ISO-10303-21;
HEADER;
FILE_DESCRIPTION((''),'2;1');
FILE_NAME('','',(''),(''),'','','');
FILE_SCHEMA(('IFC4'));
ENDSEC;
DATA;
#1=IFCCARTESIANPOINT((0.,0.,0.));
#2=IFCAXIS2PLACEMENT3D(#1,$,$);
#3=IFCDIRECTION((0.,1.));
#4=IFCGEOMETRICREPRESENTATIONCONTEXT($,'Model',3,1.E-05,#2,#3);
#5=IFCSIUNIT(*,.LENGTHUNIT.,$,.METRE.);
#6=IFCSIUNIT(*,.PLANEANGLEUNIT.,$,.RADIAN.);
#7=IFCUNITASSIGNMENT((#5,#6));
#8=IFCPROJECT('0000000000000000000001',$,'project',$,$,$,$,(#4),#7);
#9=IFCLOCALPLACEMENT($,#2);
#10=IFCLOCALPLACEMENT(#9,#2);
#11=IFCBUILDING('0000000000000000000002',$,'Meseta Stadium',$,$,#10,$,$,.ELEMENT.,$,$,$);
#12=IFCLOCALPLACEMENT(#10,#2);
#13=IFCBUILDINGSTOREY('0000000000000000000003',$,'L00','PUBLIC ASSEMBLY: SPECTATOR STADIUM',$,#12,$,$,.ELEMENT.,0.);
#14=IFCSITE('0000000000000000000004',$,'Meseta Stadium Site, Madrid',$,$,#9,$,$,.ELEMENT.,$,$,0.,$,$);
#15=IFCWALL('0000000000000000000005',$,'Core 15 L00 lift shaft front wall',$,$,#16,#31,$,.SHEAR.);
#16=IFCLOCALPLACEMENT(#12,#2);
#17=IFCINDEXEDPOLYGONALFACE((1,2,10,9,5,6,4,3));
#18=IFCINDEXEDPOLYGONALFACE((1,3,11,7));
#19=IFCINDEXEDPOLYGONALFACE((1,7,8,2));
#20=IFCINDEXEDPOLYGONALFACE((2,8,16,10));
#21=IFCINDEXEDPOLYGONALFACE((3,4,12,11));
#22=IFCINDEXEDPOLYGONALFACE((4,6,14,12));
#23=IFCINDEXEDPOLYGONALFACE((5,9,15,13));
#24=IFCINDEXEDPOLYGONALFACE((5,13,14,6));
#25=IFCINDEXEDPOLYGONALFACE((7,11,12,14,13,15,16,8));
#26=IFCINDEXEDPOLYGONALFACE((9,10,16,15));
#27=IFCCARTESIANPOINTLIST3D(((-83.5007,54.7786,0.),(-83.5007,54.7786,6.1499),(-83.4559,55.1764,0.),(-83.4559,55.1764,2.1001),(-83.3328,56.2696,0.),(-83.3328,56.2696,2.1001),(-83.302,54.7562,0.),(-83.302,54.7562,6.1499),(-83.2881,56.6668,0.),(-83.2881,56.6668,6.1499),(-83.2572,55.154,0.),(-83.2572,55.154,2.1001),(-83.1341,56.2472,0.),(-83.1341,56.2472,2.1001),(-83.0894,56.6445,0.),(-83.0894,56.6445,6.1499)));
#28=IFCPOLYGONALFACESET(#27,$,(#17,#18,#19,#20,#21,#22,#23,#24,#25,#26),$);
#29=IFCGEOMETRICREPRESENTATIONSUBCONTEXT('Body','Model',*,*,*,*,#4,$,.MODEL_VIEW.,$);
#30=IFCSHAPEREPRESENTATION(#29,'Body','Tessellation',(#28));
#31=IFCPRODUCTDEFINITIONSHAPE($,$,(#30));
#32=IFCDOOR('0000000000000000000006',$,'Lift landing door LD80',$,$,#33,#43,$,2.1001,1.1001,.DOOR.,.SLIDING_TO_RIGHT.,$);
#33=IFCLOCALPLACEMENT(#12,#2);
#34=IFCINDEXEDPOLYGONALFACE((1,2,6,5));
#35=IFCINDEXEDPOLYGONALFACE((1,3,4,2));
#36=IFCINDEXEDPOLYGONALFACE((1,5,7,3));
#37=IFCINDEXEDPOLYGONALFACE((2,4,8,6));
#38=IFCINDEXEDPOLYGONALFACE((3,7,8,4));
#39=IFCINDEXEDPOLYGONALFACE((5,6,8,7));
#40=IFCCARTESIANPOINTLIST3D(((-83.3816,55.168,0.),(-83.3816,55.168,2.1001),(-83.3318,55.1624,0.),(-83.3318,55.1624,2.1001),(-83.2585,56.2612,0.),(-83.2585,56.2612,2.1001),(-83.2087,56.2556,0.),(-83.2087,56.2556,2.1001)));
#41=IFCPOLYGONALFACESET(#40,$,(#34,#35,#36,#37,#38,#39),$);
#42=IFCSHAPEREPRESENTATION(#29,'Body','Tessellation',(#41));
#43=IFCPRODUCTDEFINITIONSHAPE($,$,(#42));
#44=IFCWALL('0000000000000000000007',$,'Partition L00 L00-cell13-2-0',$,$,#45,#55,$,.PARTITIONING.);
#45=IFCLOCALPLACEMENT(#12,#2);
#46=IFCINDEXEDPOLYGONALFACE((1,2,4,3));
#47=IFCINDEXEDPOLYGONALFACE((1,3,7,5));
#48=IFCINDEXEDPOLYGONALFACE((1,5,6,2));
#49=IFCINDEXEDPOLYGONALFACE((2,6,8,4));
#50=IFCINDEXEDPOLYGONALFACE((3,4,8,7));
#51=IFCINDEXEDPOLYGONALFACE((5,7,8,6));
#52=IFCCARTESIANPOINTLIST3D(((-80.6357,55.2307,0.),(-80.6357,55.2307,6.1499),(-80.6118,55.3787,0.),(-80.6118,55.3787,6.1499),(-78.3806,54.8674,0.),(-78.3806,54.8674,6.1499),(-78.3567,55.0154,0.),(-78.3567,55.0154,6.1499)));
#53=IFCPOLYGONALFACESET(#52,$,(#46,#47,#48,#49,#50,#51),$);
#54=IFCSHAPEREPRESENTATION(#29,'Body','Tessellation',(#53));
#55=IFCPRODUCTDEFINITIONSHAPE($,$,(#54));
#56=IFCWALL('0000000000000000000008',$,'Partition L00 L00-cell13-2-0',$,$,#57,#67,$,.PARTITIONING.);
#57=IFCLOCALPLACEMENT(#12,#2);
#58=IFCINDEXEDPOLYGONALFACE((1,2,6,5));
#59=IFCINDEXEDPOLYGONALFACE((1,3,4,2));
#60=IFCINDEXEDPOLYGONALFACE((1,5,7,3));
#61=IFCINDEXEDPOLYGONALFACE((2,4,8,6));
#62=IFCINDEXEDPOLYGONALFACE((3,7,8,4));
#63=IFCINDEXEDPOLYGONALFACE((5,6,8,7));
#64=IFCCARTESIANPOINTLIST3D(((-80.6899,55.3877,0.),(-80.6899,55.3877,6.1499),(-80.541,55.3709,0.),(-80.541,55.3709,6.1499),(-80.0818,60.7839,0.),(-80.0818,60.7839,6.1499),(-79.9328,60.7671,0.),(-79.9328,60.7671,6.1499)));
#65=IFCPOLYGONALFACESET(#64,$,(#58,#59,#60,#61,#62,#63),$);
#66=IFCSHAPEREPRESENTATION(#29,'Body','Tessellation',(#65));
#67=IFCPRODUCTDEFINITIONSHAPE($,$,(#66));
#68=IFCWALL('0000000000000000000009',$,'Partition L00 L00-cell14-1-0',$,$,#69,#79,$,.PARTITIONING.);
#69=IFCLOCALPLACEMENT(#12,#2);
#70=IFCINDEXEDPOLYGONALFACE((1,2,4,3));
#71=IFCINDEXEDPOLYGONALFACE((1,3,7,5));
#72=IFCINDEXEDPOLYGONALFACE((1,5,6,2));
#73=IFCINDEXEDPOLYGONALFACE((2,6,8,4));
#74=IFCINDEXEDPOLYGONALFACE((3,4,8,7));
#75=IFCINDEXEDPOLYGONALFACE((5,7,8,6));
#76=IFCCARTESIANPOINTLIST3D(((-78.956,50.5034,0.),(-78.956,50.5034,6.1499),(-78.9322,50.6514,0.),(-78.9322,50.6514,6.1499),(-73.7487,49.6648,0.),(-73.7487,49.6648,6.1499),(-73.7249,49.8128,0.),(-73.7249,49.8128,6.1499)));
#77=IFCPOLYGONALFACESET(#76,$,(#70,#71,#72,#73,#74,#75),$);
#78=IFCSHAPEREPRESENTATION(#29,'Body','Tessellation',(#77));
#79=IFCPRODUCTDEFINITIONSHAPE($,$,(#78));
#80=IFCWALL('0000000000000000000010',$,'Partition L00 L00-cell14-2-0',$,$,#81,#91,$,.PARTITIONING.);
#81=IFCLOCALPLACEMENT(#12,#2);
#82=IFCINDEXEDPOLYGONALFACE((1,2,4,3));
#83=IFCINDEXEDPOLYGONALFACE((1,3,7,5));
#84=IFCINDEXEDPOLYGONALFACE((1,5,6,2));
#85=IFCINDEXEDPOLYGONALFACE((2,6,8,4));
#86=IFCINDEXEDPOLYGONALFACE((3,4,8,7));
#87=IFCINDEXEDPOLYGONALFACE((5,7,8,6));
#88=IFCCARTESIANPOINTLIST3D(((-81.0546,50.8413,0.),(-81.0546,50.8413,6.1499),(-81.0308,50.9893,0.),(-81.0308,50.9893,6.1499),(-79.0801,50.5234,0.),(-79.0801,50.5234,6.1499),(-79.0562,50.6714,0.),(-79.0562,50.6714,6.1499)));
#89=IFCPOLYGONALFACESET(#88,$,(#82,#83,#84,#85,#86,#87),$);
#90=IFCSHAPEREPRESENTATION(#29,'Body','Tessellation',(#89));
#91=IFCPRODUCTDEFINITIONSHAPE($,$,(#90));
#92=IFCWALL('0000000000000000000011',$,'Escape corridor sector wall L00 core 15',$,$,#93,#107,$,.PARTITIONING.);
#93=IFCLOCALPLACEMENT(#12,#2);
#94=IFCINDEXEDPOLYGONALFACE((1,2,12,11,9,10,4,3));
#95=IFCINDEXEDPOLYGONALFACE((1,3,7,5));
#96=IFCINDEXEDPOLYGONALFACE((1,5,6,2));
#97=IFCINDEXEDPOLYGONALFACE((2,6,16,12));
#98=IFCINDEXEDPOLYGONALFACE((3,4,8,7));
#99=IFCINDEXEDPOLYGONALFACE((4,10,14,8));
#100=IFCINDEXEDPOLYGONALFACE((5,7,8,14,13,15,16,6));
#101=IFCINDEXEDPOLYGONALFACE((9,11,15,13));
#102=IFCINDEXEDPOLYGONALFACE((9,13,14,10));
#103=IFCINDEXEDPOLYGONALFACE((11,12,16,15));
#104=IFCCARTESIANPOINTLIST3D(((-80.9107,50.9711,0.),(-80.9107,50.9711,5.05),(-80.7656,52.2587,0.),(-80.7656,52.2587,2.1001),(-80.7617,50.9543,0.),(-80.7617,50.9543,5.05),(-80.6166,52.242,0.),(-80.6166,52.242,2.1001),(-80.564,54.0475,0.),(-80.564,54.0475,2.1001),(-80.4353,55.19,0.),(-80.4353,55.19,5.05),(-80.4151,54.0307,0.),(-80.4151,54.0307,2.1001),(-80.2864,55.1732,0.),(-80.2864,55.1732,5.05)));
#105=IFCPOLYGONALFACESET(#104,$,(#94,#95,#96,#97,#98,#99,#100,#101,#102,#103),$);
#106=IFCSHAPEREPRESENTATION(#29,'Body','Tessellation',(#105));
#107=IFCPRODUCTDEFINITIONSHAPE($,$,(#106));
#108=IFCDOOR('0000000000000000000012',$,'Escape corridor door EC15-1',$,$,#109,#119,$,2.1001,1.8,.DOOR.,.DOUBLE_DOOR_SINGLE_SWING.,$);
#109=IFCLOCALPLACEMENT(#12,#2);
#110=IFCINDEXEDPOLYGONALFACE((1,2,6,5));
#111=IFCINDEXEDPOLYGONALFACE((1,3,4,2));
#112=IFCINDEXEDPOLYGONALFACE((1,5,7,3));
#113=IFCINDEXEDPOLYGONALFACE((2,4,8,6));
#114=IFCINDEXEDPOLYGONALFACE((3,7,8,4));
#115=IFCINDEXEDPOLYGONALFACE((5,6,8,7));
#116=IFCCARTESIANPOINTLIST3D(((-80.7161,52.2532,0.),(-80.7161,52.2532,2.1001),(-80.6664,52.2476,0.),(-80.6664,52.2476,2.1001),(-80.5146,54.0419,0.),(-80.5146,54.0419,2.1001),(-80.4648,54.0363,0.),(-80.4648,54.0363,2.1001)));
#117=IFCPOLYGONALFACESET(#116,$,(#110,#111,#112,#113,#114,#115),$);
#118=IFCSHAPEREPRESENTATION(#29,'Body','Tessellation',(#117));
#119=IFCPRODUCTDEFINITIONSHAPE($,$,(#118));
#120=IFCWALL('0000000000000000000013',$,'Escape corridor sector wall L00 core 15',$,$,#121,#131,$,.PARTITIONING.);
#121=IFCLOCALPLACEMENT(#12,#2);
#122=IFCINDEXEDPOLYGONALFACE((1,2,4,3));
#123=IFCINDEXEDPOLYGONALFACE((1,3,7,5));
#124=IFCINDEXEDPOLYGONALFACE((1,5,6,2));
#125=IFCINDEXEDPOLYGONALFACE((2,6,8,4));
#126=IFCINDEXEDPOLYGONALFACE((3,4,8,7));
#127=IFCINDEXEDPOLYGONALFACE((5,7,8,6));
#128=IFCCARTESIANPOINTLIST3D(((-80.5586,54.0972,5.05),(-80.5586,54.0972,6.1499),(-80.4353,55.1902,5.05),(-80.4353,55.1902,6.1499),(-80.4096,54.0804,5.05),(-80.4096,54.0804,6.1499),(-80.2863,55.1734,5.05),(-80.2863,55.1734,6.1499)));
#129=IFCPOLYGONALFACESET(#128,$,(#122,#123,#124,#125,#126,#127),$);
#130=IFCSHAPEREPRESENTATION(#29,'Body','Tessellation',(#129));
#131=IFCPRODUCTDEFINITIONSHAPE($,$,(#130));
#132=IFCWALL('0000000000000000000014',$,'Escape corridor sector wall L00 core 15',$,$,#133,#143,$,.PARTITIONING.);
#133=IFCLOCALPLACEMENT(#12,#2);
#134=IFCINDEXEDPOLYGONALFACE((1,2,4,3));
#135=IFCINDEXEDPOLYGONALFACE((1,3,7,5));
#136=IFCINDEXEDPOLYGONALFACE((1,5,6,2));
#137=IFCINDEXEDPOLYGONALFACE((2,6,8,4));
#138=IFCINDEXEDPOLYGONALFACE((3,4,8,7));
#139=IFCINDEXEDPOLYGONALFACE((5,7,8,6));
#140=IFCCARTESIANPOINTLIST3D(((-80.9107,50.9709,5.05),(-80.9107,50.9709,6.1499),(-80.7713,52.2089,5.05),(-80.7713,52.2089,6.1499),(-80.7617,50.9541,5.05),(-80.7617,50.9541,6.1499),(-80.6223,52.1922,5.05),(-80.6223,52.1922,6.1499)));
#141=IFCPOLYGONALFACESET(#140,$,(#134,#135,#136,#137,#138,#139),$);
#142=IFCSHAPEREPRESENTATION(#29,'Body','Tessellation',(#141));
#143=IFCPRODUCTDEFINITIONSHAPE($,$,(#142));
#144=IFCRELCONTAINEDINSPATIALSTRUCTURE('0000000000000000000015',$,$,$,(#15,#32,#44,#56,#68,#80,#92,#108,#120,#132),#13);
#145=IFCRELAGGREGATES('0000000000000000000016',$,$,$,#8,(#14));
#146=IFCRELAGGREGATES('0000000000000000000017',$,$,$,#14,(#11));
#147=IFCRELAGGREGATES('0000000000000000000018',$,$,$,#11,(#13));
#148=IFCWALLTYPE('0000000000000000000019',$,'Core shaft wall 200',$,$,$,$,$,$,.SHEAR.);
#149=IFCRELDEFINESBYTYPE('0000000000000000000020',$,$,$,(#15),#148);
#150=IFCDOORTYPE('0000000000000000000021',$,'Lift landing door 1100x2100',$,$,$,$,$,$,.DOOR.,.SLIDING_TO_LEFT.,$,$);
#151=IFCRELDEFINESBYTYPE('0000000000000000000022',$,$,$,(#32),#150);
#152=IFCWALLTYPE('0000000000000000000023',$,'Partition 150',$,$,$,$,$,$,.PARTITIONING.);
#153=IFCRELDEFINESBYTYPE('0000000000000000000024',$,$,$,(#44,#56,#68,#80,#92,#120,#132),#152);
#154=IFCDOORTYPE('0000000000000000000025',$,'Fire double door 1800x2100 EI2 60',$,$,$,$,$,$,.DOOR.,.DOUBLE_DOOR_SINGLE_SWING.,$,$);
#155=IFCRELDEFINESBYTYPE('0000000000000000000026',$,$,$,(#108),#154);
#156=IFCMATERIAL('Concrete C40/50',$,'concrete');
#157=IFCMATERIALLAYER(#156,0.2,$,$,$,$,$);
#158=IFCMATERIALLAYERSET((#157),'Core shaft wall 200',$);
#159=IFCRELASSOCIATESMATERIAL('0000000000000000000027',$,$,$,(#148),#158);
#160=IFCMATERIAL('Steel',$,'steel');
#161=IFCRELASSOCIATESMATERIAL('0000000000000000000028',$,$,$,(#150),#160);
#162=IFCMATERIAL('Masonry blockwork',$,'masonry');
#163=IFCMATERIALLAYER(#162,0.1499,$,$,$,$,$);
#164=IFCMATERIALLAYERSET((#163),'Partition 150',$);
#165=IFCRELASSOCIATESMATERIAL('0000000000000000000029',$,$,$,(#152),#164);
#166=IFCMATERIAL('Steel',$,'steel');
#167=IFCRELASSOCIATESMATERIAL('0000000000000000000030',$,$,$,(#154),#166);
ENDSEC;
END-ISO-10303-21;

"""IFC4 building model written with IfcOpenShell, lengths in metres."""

from ifc_helpers import new_model, si_unit, direction, frame, frame_2d, origin, place, context, subcontext, project, spatial, rectangle, extrude, material, layer, layer_set, type_object, element, fill, save


model = new_model("IFC4")

# Units and contexts
model_context = context("Model", 3, precision=1e-05, world=origin(), true_north=direction((0.0, 1.0)))
body_context = subcontext(model_context, "Body", "Model", "MODEL_VIEW")
ifc_project = project(units=[si_unit("LENGTHUNIT", "METRE"), si_unit("PLANEANGLEUNIT", "RADIAN")], contexts=[model_context])

# Site, building, storey
site_placement = place(None, origin())
site = spatial("IfcSite", under=ifc_project, at=site_placement, Name="Meseta Stadium Site, Madrid", CompositionType="ELEMENT", RefElevation=0.0)
building_placement = place(site_placement, origin())
building = spatial("IfcBuilding", under=site, at=building_placement, Name="Meseta Stadium", CompositionType="ELEMENT")
storey_placement = place(building_placement, origin())
storey = spatial("IfcBuildingStorey", under=building, at=storey_placement, Name="L00", Description="PUBLIC ASSEMBLY: SPECTATOR STADIUM", CompositionType="ELEMENT", Elevation=0.0)

# Shared definitions
ifc_material_1 = material(Name="Concrete C40/50", Category="concrete")
ifc_layer_1 = layer(ifc_material_1, 0.2)
ifc_layer_set_1 = layer_set([ifc_layer_1], Name="Core shaft wall 200")
wall_type_1 = type_object("IfcWallType", Name="Core shaft wall 200", PredefinedType="SHEAR", material=ifc_layer_set_1)

# Wall, opening, door
wall_1_placement = place(storey_placement, frame((-83.1887, 56.6558, 0.0), z_axis=(0.0, 0.0, 1.0), x_axis=(-0.111912, -0.993718, 0.0)))
wall_1 = element("IfcWall", 1, at=wall_1_placement, inside=storey, type_object=wall_type_1, Name="Core 15 L00 lift shaft front wall", PredefinedType="SHEAR", context=body_context, shape_type="SweptSolid", body=[
    extrude(rectangle(XDim=1.9001, YDim=0.2, at=frame_2d((0.9502, 0.0))), origin(), (0.0, 0.0, 1.0), 6.1499),
])
opening_1_placement = place(wall_1_placement, frame((0.3999, 0.0, 0.0)))
opening_1 = element("IfcOpeningElement", 2, at=opening_1_placement, cuts=wall_1, PredefinedType="OPENING", context=body_context, shape_type="SweptSolid", body=[
    extrude(rectangle(XDim=1.1001, YDim=2.1001, at=frame_2d((0.55, 1.05))), frame((0.0, 0.1099, 0.0), z_axis=(0.0, -1.0, 0.0), x_axis=(1.0, 0.0, 0.0)), (0.0, 0.0, 1.0), 0.22),
])
ifc_material_2 = material(Name="Steel", Category="steel")
door_type_1 = type_object("IfcDoorType", Name="Lift landing door 1100x2100", OperationType="SLIDING_TO_LEFT", PredefinedType="DOOR", material=ifc_material_2)
door_1_placement = place(opening_1_placement, origin())
door_1 = element("IfcDoor", 3, at=door_1_placement, inside=storey, type_object=door_type_1, Name="Lift landing door LD80", OperationType="SLIDING_TO_RIGHT", OverallHeight=2.1001, OverallWidth=1.1001, PredefinedType="DOOR", context=body_context, shape_type="SweptSolid", body=[
    extrude(rectangle(XDim=1.1001, YDim=2.1001, at=frame_2d((0.55, 1.05))), frame((0.0, 0.0249, 0.0), z_axis=(0.0, -1.0, 0.0), x_axis=(1.0, 0.0, 0.0)), (0.0, 0.0, 1.0), 0.05),
])
fill(opening_1, door_1)

# Walls
ifc_material_3 = material(Name="Masonry blockwork", Category="masonry")
ifc_layer_2 = layer(ifc_material_3, 0.1499)
ifc_layer_set_2 = layer_set([ifc_layer_2], Name="Partition 150")
wall_type_2 = type_object("IfcWallType", Name="Partition 150", PredefinedType="PARTITIONING", material=ifc_layer_set_2)
wall_2_placement = place(storey_placement, frame((-78.3687, 54.9414, 0.0), z_axis=(0.0, 0.0, 1.0), x_axis=(-0.987272, 0.159041, 0.0)))
element("IfcWall", 4, at=wall_2_placement, inside=storey, type_object=wall_type_2, Name="Partition L00 L00-cell13-2-0", PredefinedType="PARTITIONING", context=body_context, shape_type="SweptSolid", body=[
    extrude(rectangle(XDim=2.2842, YDim=0.1499, at=frame_2d((1.1421, 0.0))), origin(), (0.0, 0.0, 1.0), 6.1499),
])
wall_3_placement = place(storey_placement, frame((-80.6155, 55.3792, 0.0), z_axis=(0.0, 0.0, 1.0), x_axis=(0.111991, 0.993709, 0.0)))
element("IfcWall", 5, at=wall_3_placement, inside=storey, type_object=wall_type_2, Name="Partition L00 L00-cell13-2-0", PredefinedType="PARTITIONING", context=body_context, shape_type="SweptSolid", body=[
    extrude(rectangle(XDim=5.4304, YDim=0.1499, at=frame_2d((2.7153, 0.0))), origin(), (0.0, 0.0, 1.0), 6.1499),
])
wall_4_placement = place(storey_placement, frame((-78.9441, 50.5774, 0.0), z_axis=(0.0, 0.0, 1.0), x_axis=(0.987279, -0.159, 0.0)))
element("IfcWall", 6, at=wall_4_placement, inside=storey, type_object=wall_type_2, Name="Partition L00 L00-cell14-1-0", PredefinedType="PARTITIONING", context=body_context, shape_type="SweptSolid", body=[
    extrude(rectangle(XDim=5.2744, YDim=0.1499, at=frame_2d((2.6372, 0.0))), origin(), (0.0, 0.0, 1.0), 6.1499),
])
wall_5_placement = place(storey_placement, frame((-81.0427, 50.9153, 0.0), z_axis=(0.0, 0.0, 1.0), x_axis=(0.987289, -0.158933, 0.0)))
element("IfcWall", 7, at=wall_5_placement, inside=storey, type_object=wall_type_2, Name="Partition L00 L00-cell14-2-0", PredefinedType="PARTITIONING", context=body_context, shape_type="SweptSolid", body=[
    extrude(rectangle(XDim=2.0, YDim=0.1499, at=frame_2d((1.0, 0.0))), origin(), (0.0, 0.0, 1.0), 6.1499),
])

# Wall, opening, door
wall_6_placement = place(storey_placement, frame((-80.3608, 55.1816, 0.0), z_axis=(0.0, 0.0, 1.0), x_axis=(-0.111959, -0.993713, 0.0)))
wall_6 = element("IfcWall", 8, at=wall_6_placement, inside=storey, type_object=wall_type_2, Name="Escape corridor sector wall L00 core 15", PredefinedType="PARTITIONING", context=body_context, shape_type="SweptSolid", body=[
    extrude(rectangle(XDim=4.2456, YDim=0.1499, at=frame_2d((2.1228, 0.0))), origin(), (0.0, 0.0, 1.0), 5.05),
])
opening_2_placement = place(wall_6_placement, frame((1.1499, 0.0, 0.0)))
opening_2 = element("IfcOpeningElement", 9, at=opening_2_placement, cuts=wall_6, PredefinedType="OPENING", context=body_context, shape_type="SweptSolid", body=[
    extrude(rectangle(XDim=1.8, YDim=2.1001, at=frame_2d((0.8999, 1.05))), frame((0.0, 0.085, 0.0), z_axis=(0.0, -1.0, 0.0), x_axis=(1.0, 0.0, 0.0)), (0.0, 0.0, 1.0), 0.1699),
])
ifc_material_4 = material(Name="Steel", Category="steel")
door_type_2 = type_object("IfcDoorType", Name="Fire double door 1800x2100 EI2 60", OperationType="DOUBLE_DOOR_SINGLE_SWING", PredefinedType="DOOR", material=ifc_material_4)
door_2_placement = place(opening_2_placement, origin())
door_2 = element("IfcDoor", 10, at=door_2_placement, inside=storey, type_object=door_type_2, Name="Escape corridor door EC15-1", OperationType="DOUBLE_DOOR_SINGLE_SWING", OverallHeight=2.1001, OverallWidth=1.8, PredefinedType="DOOR", context=body_context, shape_type="SweptSolid", body=[
    extrude(rectangle(XDim=1.8, YDim=2.1001, at=frame_2d((0.8999, 1.05))), frame((0.0, 0.0249, 0.0), z_axis=(0.0, -1.0, 0.0), x_axis=(1.0, 0.0, 0.0)), (0.0, 0.0, 1.0), 0.05),
])
fill(opening_2, door_2)

# Walls
wall_7_placement = place(storey_placement, frame((-80.3608, 55.1816, 5.05), z_axis=(0.0, 0.0, 1.0), x_axis=(-0.112088, -0.993698, 0.0)))
element("IfcWall", 11, at=wall_7_placement, inside=storey, type_object=wall_type_2, Name="Escape corridor sector wall L00 core 15", PredefinedType="PARTITIONING", context=body_context, shape_type="SweptSolid", body=[
    extrude(rectangle(XDim=1.0999, YDim=0.1499, at=frame_2d((0.5498, 0.0))), origin(), (0.0, 0.0, 1.0), 1.0999),
])
wall_8_placement = place(storey_placement, frame((-80.6968, 52.2007, 5.05), z_axis=(0.0, 0.0, 1.0), x_axis=(-0.111894, -0.99372, 0.0)))
element("IfcWall", 12, at=wall_8_placement, inside=storey, type_object=wall_type_2, Name="Escape corridor sector wall L00 core 15", PredefinedType="PARTITIONING", context=body_context, shape_type="SweptSolid", body=[
    extrude(rectangle(XDim=1.2458, YDim=0.1499, at=frame_2d((0.623, 0.0))), origin(), (0.0, 0.0, 1.0), 1.0999),
])

save(model, "model.ifc")
